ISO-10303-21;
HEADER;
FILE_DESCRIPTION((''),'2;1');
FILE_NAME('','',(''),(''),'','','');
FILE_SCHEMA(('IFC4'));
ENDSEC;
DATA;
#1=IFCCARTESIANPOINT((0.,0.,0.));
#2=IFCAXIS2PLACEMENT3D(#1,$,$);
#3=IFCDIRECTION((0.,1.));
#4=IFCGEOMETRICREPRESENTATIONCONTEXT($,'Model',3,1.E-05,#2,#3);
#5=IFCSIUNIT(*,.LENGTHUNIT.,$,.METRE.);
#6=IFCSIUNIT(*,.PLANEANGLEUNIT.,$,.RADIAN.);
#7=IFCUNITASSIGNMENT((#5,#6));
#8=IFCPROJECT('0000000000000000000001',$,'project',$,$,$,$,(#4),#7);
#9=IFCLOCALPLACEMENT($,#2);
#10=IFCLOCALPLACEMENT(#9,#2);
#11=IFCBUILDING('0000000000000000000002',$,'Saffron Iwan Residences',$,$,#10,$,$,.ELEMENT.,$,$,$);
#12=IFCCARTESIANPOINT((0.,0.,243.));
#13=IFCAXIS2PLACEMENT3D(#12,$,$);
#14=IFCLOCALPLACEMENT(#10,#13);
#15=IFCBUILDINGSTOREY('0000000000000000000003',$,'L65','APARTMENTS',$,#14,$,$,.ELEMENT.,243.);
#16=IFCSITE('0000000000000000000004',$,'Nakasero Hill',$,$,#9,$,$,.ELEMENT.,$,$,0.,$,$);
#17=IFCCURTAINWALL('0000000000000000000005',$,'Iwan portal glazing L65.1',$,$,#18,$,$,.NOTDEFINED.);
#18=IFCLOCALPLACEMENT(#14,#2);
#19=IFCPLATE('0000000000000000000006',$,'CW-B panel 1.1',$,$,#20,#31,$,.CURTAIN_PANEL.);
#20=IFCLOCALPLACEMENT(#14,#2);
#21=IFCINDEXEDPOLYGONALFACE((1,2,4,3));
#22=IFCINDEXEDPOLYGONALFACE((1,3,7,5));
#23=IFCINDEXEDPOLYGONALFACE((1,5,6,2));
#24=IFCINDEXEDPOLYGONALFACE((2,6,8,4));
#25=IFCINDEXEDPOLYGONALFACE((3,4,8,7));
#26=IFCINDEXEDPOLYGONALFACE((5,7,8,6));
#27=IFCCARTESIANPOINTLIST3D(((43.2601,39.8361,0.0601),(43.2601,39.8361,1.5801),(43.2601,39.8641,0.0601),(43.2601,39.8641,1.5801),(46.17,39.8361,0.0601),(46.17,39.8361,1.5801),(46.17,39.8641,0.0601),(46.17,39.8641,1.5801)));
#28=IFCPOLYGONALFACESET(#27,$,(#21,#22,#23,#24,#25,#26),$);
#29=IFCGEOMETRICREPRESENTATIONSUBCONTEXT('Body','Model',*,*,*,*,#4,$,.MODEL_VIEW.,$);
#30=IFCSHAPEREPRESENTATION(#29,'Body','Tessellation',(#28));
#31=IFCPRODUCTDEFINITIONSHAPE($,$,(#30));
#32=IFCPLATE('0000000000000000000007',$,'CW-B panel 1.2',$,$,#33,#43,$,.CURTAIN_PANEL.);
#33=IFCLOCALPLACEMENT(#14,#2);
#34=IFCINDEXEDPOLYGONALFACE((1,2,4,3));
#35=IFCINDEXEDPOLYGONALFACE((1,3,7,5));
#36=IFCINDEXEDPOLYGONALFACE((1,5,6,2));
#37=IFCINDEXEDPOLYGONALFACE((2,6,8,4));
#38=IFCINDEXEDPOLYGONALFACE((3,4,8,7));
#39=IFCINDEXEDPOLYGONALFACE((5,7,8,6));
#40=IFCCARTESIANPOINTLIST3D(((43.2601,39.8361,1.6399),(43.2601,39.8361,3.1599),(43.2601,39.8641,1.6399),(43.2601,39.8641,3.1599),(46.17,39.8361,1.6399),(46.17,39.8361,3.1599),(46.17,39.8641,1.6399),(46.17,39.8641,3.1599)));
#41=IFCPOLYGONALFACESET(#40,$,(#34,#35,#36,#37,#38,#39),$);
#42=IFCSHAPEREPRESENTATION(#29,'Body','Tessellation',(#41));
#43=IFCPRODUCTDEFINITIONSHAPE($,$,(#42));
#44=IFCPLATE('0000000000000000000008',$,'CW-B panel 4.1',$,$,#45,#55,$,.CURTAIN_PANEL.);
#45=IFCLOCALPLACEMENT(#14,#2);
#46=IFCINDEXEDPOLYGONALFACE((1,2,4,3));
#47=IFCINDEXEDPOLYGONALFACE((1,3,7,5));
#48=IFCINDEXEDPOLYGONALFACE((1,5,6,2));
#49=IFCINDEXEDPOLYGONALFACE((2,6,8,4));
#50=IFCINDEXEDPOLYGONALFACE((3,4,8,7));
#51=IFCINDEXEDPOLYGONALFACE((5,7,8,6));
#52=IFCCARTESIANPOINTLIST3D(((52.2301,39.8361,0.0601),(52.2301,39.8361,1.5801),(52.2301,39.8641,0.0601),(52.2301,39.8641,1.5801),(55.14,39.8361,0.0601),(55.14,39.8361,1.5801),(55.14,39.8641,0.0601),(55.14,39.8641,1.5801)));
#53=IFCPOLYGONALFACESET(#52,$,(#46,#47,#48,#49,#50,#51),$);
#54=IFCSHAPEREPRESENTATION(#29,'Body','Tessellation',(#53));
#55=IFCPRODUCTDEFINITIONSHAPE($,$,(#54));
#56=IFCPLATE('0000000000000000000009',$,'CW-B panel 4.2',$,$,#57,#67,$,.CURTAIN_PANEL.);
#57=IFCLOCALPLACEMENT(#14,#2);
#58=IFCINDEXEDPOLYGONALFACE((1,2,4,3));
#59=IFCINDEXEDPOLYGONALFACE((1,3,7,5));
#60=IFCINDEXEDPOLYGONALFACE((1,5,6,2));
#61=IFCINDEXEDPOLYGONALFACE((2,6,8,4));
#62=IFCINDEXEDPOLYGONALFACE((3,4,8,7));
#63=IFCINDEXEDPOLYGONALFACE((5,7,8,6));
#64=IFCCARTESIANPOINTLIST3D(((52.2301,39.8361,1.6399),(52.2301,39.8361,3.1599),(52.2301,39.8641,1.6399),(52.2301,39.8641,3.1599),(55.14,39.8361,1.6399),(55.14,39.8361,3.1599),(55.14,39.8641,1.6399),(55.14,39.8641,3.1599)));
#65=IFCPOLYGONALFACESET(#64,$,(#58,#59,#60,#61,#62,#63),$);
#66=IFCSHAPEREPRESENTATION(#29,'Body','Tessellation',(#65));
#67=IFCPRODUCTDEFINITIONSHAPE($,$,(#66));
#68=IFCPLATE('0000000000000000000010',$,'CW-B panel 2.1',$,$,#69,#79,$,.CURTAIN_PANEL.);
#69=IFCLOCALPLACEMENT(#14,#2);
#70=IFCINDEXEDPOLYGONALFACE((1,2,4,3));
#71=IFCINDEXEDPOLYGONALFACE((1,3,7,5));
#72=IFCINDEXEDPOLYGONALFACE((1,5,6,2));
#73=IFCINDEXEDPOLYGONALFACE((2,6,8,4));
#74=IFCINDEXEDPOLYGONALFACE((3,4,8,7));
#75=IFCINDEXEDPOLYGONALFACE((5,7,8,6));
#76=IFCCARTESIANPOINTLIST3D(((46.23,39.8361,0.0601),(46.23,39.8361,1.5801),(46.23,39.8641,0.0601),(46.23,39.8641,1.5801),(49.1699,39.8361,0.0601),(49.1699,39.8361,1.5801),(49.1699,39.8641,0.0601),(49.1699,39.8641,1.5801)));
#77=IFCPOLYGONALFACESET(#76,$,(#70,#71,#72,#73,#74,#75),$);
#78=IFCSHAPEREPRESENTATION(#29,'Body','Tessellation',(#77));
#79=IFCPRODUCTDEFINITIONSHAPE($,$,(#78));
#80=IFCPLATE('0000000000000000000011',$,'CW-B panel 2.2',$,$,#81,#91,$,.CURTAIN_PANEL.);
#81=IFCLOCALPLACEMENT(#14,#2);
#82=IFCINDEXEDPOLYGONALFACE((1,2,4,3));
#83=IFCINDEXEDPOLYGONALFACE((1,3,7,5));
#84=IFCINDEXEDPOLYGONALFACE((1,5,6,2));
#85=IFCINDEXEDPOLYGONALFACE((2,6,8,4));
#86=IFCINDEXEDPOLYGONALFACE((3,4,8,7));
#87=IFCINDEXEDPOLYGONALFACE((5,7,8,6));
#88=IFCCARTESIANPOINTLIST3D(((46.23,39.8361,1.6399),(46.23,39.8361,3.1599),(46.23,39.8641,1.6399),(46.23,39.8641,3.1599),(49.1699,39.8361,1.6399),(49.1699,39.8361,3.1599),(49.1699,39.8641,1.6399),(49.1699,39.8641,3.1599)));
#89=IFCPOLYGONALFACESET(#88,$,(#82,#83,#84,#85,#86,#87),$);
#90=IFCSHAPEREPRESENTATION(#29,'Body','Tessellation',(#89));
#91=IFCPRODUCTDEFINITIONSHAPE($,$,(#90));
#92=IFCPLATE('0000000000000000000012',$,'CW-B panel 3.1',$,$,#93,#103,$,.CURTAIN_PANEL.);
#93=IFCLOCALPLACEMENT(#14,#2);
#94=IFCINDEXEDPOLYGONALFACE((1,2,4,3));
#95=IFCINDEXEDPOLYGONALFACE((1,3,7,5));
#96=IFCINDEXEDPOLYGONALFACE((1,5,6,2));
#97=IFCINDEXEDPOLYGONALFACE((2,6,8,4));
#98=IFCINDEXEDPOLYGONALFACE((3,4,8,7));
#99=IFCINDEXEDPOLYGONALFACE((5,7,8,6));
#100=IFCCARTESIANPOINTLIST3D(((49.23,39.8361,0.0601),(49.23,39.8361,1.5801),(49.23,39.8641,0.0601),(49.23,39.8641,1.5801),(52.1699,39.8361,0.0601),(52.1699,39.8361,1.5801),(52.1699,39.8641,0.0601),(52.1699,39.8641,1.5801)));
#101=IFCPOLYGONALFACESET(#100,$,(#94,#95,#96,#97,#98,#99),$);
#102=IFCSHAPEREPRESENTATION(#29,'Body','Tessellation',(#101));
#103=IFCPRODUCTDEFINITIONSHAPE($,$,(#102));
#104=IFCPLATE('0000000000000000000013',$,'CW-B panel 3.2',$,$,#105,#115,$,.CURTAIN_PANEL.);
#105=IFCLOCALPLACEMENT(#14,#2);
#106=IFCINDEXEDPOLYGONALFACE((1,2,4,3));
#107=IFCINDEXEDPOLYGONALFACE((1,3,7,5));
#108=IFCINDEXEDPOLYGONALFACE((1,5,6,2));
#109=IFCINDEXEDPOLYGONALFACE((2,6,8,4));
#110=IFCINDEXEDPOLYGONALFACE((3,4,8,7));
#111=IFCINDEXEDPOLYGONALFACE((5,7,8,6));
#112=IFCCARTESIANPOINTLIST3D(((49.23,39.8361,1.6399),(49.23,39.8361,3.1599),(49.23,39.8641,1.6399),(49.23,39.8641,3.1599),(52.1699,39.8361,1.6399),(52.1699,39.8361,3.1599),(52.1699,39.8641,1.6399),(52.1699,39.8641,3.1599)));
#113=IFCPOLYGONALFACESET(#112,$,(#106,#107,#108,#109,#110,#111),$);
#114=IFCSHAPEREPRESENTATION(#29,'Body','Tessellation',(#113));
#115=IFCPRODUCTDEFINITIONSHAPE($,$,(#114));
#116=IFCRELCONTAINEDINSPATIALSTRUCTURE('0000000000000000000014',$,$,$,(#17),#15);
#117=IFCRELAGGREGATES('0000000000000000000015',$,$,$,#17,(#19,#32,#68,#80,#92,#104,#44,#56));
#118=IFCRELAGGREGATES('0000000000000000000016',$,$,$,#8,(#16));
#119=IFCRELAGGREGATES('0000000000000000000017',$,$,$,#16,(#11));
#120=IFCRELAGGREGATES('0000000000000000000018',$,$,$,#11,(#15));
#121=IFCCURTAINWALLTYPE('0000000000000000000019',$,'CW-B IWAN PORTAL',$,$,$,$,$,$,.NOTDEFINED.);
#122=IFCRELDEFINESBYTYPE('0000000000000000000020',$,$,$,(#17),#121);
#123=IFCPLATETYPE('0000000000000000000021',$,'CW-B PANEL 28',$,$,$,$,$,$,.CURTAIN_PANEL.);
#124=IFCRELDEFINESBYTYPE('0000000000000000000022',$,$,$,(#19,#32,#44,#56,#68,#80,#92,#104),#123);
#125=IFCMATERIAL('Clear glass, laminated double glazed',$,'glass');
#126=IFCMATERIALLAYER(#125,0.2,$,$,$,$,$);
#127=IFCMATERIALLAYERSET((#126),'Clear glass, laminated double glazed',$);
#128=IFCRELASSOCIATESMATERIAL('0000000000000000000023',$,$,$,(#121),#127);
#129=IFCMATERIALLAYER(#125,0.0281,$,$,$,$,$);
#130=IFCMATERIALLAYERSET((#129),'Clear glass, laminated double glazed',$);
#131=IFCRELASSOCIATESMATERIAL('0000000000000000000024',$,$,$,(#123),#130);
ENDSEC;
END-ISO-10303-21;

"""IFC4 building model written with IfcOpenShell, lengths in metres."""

from ifc_helpers import new_model, si_unit, direction, frame, origin, origin_2d, place, context, subcontext, project, spatial, rectangle, extrude, source, transform, mapped, material, layer, layer_set, type_object, element, aggregate, save


model = new_model("IFC4")

# Units and contexts
model_context = context("Model", 3, precision=1e-05, world=origin(), true_north=direction((0.0, 1.0)))
body_context = subcontext(model_context, "Body", "Model", "MODEL_VIEW")
ifc_project = project(units=[si_unit("LENGTHUNIT", "METRE"), si_unit("PLANEANGLEUNIT", "RADIAN")], contexts=[model_context])

# Site, building, storey
site_placement = place(None, origin())
site = spatial("IfcSite", under=ifc_project, at=site_placement, Name="Nakasero Hill", CompositionType="ELEMENT", RefElevation=0.0)
building_placement = place(site_placement, origin())
building = spatial("IfcBuilding", under=site, at=building_placement, Name="Saffron Iwan Residences", CompositionType="ELEMENT")
storey_placement = place(building_placement, frame((0.0, 0.0, 243.0)))
storey = spatial("IfcBuildingStorey", under=building, at=storey_placement, Name="L65", Description="APARTMENTS", CompositionType="ELEMENT", Elevation=243.0)

# Curtain wall, plates
ifc_material_1 = material(Name="Clear glass, laminated double glazed", Category="glass")
ifc_layer_1 = layer(ifc_material_1, 0.2)
ifc_layer_set_1 = layer_set([ifc_layer_1], Name="Clear glass, laminated double glazed")
curtain_wall_type = type_object("IfcCurtainWallType", Name="CW-B IWAN PORTAL", PredefinedType="NOTDEFINED", material=ifc_layer_set_1)
curtain_wall_placement = place(storey_placement, origin())
curtain_wall = element("IfcCurtainWall", 1, at=curtain_wall_placement, inside=storey, type_object=curtain_wall_type, Name="Iwan portal glazing L65.1", PredefinedType="NOTDEFINED")
ifc_layer_2 = layer(ifc_material_1, 0.0281)
ifc_layer_set_2 = layer_set([ifc_layer_2], Name="Clear glass, laminated double glazed")
plate_type = type_object("IfcPlateType", Name="CW-B PANEL 28", PredefinedType="CURTAIN_PANEL", material=ifc_layer_set_2)
shared_shape_1 = source(origin(), body_context, "Body", "SweptSolid", [
    extrude(rectangle(XDim=2.9099, YDim=0.0281, at=origin_2d()), origin(), (0.0, 0.0, 1.0), 1.52),
])
plate_1_placement = place(storey_placement, frame((44.7151, 39.8501, 0.0601), z_axis=(0.0, 0.0, 1.0), x_axis=(1.0, 0.0, 0.0)))
plate_1 = element("IfcPlate", 2, at=plate_1_placement, type_object=plate_type, Name="CW-B panel 1.1", PredefinedType="CURTAIN_PANEL", context=body_context, shape_type="MappedRepresentation", body=[
    mapped(shared_shape_1, transform((0.0, 0.0, 0.0))),
])
plate_2_placement = place(storey_placement, frame((44.7151, 39.8501, 1.6399), z_axis=(0.0, 0.0, 1.0), x_axis=(1.0, 0.0, 0.0)))
plate_2 = element("IfcPlate", 3, at=plate_2_placement, type_object=plate_type, Name="CW-B panel 1.2", PredefinedType="CURTAIN_PANEL", context=body_context, shape_type="MappedRepresentation", body=[
    mapped(shared_shape_1, transform((0.0, 0.0, 0.0))),
])
plate_3_placement = place(storey_placement, frame((53.6851, 39.8501, 0.0601), z_axis=(0.0, 0.0, 1.0), x_axis=(1.0, 0.0, 0.0)))
plate_3 = element("IfcPlate", 4, at=plate_3_placement, type_object=plate_type, Name="CW-B panel 4.1", PredefinedType="CURTAIN_PANEL", context=body_context, shape_type="MappedRepresentation", body=[
    mapped(shared_shape_1, transform((0.0, 0.0, 0.0))),
])
plate_4_placement = place(storey_placement, frame((53.6851, 39.8501, 1.6399), z_axis=(0.0, 0.0, 1.0), x_axis=(1.0, 0.0, 0.0)))
plate_4 = element("IfcPlate", 5, at=plate_4_placement, type_object=plate_type, Name="CW-B panel 4.2", PredefinedType="CURTAIN_PANEL", context=body_context, shape_type="MappedRepresentation", body=[
    mapped(shared_shape_1, transform((0.0, 0.0, 0.0))),
])
shared_shape_2 = source(origin(), body_context, "Body", "SweptSolid", [
    extrude(rectangle(XDim=2.9399, YDim=0.0281, at=origin_2d()), origin(), (0.0, 0.0, 1.0), 1.52),
])
plate_5_placement = place(storey_placement, frame((47.7, 39.8501, 0.0601), z_axis=(0.0, 0.0, 1.0), x_axis=(1.0, 0.0, 0.0)))
plate_5 = element("IfcPlate", 6, at=plate_5_placement, type_object=plate_type, Name="CW-B panel 2.1", PredefinedType="CURTAIN_PANEL", context=body_context, shape_type="MappedRepresentation", body=[
    mapped(shared_shape_2, transform((0.0, 0.0, 0.0))),
])
plate_6_placement = place(storey_placement, frame((47.7, 39.8501, 1.6399), z_axis=(0.0, 0.0, 1.0), x_axis=(1.0, 0.0, 0.0)))
plate_6 = element("IfcPlate", 7, at=plate_6_placement, type_object=plate_type, Name="CW-B panel 2.2", PredefinedType="CURTAIN_PANEL", context=body_context, shape_type="MappedRepresentation", body=[
    mapped(shared_shape_2, transform((0.0, 0.0, 0.0))),
])
plate_7_placement = place(storey_placement, frame((50.7, 39.8501, 0.0601), z_axis=(0.0, 0.0, 1.0), x_axis=(1.0, 0.0, 0.0)))
plate_7 = element("IfcPlate", 8, at=plate_7_placement, type_object=plate_type, Name="CW-B panel 3.1", PredefinedType="CURTAIN_PANEL", context=body_context, shape_type="MappedRepresentation", body=[
    mapped(shared_shape_2, transform((0.0, 0.0, 0.0))),
])
plate_8_placement = place(storey_placement, frame((50.7, 39.8501, 1.6399), z_axis=(0.0, 0.0, 1.0), x_axis=(1.0, 0.0, 0.0)))
plate_8 = element("IfcPlate", 9, at=plate_8_placement, type_object=plate_type, Name="CW-B panel 3.2", PredefinedType="CURTAIN_PANEL", context=body_context, shape_type="MappedRepresentation", body=[
    mapped(shared_shape_2, transform((0.0, 0.0, 0.0))),
])
aggregate(curtain_wall, [plate_1, plate_2, plate_5, plate_6, plate_7, plate_8, plate_3, plate_4])

save(model, "model.ifc")
